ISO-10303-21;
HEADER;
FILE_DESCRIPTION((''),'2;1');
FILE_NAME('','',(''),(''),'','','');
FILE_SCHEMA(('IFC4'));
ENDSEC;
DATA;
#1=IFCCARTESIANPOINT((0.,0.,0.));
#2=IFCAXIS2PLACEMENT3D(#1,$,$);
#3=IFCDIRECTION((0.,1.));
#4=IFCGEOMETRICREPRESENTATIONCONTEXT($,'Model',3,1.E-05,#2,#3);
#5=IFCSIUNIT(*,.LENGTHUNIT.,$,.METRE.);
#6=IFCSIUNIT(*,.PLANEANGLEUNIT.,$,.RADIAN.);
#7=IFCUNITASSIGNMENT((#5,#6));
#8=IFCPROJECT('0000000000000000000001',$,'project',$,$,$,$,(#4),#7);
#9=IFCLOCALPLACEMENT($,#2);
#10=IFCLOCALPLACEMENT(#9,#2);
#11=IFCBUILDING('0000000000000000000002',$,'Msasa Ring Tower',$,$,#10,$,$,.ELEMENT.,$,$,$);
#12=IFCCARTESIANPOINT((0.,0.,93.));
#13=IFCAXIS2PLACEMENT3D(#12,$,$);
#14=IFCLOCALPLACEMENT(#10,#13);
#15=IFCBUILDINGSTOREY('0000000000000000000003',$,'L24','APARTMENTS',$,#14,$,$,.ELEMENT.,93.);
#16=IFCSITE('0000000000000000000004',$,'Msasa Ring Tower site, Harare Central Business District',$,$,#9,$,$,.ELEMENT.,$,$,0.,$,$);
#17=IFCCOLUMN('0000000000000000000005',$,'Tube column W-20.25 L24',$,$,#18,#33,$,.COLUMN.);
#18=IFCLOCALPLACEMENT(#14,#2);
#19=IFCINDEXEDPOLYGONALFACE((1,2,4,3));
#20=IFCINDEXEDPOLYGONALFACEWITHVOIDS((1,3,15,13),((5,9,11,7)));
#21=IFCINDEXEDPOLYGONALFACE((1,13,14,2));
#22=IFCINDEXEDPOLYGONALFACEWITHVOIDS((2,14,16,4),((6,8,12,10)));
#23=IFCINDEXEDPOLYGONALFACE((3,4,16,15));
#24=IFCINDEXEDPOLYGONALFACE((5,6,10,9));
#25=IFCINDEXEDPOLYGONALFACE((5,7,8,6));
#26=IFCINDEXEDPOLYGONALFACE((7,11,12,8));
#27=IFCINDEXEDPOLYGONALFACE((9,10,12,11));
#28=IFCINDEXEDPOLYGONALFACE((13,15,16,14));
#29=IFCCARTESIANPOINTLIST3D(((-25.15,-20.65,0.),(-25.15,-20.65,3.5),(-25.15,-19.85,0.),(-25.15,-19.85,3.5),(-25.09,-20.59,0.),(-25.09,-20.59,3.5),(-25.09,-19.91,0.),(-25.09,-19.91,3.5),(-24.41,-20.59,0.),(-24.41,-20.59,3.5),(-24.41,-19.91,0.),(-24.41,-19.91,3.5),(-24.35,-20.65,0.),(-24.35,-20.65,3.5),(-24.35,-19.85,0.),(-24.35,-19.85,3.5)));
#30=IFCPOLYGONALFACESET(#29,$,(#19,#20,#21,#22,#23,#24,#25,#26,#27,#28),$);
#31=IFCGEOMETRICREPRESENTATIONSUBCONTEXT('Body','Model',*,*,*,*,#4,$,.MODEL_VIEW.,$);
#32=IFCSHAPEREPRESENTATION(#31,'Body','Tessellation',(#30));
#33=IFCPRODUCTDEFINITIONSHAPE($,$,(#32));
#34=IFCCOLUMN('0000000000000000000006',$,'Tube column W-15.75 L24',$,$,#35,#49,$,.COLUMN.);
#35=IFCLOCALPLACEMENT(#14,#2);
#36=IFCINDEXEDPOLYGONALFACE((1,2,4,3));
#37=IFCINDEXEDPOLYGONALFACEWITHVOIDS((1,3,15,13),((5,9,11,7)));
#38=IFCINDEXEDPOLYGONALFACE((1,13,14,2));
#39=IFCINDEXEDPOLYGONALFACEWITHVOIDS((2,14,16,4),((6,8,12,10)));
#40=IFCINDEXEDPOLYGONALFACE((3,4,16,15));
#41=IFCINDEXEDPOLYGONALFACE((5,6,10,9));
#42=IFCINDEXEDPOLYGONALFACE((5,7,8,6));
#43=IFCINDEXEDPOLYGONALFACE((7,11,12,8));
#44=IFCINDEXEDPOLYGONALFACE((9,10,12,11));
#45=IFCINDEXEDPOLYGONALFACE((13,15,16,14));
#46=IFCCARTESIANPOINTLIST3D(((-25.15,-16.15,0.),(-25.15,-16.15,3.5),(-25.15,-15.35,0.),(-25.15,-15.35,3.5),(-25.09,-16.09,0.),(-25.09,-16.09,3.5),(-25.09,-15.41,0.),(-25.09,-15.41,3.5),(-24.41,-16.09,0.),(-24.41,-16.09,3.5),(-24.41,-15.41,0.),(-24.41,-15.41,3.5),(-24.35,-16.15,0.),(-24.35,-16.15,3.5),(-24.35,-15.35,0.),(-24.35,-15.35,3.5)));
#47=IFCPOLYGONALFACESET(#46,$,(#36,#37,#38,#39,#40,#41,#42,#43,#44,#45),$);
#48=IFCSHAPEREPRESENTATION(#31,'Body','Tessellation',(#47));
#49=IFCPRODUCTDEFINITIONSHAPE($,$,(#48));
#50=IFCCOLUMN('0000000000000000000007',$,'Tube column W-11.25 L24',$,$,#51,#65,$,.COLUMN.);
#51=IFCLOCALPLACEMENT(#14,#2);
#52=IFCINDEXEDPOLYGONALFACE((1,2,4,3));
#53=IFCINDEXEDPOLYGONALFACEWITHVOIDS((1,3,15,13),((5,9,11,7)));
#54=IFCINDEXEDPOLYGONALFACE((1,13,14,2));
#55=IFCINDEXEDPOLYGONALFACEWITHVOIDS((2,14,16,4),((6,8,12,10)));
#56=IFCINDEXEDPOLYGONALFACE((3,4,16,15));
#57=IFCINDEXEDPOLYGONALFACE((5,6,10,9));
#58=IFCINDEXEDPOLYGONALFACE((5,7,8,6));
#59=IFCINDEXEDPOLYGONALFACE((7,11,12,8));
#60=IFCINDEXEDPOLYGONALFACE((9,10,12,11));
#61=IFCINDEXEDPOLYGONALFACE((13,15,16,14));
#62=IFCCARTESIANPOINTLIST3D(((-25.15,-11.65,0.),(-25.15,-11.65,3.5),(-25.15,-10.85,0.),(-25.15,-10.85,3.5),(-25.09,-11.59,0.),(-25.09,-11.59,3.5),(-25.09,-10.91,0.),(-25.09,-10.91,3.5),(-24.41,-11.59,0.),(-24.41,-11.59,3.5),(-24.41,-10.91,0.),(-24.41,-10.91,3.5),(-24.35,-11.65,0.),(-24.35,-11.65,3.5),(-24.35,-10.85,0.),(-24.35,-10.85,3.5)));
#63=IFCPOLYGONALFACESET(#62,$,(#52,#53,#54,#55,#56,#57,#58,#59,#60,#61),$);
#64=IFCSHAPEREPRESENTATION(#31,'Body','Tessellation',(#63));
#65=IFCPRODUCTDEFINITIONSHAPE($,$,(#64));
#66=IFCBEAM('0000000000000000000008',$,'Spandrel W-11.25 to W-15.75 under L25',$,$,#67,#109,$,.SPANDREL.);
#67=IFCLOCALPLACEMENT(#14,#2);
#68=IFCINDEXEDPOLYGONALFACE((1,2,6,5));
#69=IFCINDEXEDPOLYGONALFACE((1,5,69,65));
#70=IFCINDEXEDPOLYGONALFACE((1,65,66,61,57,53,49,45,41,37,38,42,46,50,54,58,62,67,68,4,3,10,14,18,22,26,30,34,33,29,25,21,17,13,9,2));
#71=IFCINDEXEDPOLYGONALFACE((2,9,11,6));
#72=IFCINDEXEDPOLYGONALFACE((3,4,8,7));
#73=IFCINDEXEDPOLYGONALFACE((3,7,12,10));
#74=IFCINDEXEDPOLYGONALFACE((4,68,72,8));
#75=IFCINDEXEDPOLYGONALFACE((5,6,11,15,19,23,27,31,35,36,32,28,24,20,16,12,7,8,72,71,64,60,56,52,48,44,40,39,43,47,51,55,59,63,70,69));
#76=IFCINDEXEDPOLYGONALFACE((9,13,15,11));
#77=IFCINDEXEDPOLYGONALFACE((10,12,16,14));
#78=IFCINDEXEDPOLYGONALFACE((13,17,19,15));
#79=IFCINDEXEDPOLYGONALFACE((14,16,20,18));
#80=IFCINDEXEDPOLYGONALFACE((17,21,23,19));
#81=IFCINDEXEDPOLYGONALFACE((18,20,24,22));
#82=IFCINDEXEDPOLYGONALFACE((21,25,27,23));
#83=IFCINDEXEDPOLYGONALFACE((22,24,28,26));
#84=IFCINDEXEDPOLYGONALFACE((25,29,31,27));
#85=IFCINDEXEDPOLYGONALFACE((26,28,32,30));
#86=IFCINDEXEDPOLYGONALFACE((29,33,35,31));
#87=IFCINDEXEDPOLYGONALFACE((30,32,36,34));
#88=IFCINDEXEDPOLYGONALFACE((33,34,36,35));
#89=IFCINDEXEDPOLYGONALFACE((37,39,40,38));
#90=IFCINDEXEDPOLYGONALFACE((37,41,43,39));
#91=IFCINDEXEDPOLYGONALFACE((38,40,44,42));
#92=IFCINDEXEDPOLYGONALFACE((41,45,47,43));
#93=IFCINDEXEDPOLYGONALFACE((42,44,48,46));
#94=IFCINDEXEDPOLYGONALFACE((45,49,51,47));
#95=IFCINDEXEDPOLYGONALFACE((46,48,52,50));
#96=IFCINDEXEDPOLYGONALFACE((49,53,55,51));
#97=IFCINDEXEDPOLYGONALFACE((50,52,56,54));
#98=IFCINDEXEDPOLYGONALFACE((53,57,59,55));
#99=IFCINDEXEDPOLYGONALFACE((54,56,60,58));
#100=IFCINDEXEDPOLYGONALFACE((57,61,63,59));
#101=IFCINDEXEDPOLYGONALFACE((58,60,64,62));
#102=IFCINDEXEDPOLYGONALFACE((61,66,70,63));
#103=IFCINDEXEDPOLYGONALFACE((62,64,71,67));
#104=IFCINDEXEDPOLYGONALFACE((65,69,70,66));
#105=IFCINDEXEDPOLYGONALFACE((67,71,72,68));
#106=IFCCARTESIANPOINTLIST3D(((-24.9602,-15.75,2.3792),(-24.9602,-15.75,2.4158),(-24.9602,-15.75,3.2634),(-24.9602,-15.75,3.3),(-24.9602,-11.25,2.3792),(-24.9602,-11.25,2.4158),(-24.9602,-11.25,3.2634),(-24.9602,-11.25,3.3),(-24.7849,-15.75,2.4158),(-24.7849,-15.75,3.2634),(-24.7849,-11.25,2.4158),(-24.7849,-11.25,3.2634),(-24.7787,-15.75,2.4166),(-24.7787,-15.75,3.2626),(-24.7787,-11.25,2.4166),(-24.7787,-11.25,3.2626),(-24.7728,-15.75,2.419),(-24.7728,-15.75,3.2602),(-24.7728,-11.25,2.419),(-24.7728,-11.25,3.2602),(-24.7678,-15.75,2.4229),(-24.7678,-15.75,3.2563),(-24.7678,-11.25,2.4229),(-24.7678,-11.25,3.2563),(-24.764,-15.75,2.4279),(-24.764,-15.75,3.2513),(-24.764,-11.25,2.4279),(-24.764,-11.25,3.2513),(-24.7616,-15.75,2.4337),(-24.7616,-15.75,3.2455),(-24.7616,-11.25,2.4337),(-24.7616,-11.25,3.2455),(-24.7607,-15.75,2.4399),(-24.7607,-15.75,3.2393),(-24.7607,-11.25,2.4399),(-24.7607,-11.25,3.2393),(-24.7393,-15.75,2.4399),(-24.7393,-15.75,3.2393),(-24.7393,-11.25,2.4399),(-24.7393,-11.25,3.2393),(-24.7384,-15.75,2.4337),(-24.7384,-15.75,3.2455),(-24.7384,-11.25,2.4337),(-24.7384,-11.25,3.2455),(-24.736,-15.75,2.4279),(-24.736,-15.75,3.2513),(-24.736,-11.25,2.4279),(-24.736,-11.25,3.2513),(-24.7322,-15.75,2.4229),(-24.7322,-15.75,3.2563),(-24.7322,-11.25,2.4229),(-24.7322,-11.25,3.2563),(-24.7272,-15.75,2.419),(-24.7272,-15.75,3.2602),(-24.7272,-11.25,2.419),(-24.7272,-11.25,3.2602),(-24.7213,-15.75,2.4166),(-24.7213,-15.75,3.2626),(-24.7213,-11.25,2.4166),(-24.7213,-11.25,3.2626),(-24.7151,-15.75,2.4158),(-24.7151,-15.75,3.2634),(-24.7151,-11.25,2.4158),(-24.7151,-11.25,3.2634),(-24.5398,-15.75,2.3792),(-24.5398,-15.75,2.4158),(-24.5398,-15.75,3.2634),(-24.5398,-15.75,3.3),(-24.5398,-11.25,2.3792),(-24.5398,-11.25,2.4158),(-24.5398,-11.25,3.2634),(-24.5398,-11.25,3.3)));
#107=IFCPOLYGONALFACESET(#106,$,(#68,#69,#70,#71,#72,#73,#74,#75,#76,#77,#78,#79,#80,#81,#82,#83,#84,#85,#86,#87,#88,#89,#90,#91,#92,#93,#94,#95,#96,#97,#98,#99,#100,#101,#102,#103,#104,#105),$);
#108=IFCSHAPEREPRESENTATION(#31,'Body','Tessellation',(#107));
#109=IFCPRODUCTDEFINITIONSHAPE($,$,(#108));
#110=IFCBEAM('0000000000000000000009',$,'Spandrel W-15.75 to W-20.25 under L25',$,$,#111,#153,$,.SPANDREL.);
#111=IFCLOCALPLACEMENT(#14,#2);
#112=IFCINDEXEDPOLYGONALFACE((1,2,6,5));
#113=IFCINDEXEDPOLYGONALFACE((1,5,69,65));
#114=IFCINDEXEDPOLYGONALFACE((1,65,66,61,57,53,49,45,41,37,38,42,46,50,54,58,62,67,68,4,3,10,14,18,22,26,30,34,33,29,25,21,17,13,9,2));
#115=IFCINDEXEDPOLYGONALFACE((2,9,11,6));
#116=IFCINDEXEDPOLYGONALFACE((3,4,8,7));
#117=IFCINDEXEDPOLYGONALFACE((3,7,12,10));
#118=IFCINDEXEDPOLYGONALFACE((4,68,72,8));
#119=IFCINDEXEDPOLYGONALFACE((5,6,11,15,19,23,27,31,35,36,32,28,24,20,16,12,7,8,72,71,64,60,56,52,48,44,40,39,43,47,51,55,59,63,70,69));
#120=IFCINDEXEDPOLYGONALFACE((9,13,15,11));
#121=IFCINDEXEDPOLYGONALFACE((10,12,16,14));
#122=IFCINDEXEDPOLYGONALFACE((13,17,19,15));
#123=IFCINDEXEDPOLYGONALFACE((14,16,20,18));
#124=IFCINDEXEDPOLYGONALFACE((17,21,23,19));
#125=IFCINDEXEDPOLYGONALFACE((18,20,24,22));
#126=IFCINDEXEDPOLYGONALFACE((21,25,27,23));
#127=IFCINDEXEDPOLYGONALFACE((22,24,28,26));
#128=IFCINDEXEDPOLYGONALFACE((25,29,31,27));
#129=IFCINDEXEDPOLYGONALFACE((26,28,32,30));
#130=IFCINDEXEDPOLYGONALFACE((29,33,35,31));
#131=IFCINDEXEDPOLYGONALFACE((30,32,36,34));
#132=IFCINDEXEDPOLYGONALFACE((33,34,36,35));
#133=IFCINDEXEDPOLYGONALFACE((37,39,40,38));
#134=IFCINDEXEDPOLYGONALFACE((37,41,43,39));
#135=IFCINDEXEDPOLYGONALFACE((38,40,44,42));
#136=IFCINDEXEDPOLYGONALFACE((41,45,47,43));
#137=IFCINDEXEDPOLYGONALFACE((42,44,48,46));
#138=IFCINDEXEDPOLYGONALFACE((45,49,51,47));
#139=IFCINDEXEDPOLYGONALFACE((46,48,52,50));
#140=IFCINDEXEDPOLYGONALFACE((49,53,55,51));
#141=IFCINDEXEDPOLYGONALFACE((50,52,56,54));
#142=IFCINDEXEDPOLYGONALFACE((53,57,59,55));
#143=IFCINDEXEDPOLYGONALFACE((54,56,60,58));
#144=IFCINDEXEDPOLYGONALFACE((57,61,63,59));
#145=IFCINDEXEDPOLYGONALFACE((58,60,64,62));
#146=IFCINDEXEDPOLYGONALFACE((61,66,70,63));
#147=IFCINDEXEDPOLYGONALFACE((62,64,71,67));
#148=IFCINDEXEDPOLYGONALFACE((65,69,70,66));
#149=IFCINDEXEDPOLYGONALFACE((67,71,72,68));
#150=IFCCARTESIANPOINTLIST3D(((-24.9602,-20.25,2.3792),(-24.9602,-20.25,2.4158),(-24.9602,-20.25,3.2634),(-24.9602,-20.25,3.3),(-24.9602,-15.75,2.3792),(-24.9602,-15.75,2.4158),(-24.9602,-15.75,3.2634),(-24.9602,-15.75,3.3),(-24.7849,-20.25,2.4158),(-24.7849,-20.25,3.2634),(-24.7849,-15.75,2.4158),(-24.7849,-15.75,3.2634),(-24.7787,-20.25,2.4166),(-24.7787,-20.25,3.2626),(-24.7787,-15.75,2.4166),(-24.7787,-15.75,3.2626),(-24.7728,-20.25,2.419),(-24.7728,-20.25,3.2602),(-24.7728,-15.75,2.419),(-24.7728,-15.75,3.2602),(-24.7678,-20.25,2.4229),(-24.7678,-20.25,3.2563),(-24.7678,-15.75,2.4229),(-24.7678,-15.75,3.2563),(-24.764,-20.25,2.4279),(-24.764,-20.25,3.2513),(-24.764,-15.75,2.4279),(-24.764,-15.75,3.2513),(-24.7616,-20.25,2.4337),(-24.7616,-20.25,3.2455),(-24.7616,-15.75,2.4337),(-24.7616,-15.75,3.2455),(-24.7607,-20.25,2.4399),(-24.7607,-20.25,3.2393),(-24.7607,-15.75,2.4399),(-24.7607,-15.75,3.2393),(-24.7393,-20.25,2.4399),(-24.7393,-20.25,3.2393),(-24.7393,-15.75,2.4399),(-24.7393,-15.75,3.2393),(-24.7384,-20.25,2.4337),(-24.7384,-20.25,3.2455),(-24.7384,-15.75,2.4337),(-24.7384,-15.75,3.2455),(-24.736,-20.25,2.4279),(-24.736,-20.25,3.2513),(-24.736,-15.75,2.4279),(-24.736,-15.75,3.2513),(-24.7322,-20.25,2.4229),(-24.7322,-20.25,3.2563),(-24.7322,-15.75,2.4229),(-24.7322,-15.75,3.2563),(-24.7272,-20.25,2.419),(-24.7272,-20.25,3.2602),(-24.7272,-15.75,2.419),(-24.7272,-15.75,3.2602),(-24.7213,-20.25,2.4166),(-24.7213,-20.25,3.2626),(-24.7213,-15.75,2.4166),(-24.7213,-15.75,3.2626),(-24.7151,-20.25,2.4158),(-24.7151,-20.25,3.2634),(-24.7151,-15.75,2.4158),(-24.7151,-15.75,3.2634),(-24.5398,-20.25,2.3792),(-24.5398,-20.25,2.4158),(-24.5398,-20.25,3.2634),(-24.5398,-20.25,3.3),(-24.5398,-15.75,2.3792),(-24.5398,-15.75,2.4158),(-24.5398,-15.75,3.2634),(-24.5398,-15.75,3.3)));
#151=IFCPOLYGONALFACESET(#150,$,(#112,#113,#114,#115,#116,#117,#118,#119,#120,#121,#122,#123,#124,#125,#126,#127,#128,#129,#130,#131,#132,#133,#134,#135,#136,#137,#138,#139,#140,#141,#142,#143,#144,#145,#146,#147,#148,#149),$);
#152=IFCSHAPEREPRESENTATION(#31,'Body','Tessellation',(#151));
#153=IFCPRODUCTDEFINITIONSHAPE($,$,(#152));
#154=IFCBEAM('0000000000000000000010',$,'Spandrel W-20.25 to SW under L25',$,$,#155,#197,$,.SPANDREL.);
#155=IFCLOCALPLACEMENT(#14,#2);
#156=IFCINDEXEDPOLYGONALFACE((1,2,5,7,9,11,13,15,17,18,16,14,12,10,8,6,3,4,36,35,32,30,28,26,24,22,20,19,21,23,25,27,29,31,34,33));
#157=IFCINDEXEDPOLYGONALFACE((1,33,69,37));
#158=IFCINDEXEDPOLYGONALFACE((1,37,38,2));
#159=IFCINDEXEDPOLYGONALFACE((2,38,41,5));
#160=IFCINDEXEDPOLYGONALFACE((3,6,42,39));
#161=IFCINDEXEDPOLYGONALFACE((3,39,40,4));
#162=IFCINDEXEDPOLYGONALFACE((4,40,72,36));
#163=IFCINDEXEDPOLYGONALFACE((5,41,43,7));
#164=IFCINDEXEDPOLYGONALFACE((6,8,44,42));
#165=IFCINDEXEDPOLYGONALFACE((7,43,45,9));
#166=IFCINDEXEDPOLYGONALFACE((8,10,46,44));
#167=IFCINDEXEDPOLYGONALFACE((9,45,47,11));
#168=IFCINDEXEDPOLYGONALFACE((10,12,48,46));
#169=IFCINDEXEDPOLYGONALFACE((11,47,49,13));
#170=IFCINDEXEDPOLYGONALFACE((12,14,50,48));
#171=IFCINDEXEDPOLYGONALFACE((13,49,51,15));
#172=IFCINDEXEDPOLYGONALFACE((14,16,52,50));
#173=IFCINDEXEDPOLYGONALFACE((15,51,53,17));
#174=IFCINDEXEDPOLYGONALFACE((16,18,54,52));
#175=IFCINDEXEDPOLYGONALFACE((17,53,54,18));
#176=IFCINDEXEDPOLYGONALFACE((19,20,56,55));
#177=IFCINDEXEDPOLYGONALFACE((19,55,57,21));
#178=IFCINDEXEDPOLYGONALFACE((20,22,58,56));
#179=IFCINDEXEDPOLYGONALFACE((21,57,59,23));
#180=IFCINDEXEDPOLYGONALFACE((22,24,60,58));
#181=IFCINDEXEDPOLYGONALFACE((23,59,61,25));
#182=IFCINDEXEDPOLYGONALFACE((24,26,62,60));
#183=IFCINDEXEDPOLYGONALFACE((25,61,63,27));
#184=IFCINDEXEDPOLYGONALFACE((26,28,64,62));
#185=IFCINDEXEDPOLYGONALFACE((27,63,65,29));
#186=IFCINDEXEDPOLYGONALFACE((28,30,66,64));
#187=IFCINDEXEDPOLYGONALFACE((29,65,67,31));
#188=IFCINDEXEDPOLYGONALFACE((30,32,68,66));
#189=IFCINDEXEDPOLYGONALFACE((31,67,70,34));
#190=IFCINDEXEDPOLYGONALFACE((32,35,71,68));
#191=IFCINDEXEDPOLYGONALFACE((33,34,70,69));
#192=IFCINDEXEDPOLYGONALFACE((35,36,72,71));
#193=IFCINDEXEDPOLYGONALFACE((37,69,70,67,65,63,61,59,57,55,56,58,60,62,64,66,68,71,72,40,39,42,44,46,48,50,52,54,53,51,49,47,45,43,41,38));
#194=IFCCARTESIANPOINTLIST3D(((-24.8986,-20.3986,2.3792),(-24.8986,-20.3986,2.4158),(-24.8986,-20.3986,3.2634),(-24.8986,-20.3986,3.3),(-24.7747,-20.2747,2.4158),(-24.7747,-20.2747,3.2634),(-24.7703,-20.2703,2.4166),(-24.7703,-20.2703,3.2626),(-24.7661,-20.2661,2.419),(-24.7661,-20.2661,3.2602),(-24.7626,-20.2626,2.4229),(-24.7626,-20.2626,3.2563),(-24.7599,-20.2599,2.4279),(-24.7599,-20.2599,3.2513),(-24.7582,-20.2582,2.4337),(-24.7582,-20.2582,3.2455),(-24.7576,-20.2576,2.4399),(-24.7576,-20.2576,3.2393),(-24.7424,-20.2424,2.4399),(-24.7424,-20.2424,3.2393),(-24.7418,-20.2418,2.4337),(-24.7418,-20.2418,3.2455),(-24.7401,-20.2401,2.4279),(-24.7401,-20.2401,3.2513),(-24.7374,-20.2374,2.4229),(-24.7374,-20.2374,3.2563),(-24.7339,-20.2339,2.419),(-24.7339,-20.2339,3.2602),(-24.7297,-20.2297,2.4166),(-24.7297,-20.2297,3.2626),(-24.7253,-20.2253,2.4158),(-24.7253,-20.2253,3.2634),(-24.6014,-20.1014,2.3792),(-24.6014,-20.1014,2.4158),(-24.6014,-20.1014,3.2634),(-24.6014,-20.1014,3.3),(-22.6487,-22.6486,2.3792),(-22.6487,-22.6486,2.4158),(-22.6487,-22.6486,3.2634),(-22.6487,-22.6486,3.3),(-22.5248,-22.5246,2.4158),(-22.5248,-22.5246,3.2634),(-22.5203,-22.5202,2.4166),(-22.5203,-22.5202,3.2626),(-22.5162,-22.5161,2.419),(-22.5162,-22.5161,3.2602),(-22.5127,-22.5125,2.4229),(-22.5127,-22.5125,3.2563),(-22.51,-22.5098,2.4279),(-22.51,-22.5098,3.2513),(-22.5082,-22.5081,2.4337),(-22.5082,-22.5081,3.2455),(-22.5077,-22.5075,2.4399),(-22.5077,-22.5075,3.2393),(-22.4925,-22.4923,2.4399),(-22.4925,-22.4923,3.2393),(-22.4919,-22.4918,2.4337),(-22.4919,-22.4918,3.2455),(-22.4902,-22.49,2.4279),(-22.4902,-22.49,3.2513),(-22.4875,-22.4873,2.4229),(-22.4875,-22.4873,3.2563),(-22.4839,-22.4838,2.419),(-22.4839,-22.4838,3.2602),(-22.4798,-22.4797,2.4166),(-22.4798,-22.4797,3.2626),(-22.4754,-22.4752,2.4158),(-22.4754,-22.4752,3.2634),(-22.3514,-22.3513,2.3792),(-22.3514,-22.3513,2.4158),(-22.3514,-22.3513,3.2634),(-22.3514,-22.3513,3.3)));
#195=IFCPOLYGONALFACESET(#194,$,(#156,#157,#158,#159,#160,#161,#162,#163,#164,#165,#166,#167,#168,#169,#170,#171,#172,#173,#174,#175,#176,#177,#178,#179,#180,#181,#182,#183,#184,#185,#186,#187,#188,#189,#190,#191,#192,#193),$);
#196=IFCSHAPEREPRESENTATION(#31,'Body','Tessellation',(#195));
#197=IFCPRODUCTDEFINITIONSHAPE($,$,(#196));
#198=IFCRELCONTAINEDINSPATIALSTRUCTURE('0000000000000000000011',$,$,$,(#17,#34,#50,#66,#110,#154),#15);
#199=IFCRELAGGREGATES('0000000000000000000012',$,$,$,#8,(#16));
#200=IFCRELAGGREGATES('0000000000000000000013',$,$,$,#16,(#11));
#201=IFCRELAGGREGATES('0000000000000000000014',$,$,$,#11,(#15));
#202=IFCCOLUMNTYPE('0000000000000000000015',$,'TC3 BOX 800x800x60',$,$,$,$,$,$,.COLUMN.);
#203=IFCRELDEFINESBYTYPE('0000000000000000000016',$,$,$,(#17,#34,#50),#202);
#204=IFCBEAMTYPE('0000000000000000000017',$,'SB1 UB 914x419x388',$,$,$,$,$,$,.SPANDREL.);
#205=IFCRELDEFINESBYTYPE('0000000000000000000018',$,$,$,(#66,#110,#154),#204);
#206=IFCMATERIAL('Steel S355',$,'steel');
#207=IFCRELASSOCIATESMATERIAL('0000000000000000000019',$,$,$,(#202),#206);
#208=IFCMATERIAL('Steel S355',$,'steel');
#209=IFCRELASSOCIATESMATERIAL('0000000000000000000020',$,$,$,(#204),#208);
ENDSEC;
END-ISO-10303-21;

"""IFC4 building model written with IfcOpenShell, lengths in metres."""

from ifc_helpers import new_model, si_unit, direction, frame, origin, origin_2d, place, context, subcontext, project, spatial, hollow_rectangle, i_section, extrude, material, material_profile, profile_set, type_object, element, save


model = new_model("IFC4")

# Units and contexts
model_context = context("Model", 3, precision=1e-05, world=origin(), true_north=direction((0.0, 1.0)))
body_context = subcontext(model_context, "Body", "Model", "MODEL_VIEW")
ifc_project = project(units=[si_unit("LENGTHUNIT", "METRE"), si_unit("PLANEANGLEUNIT", "RADIAN")], contexts=[model_context])

# Site, building, storey
site_placement = place(None, origin())
site = spatial("IfcSite", under=ifc_project, at=site_placement, Name="Msasa Ring Tower site, Harare Central Business District", CompositionType="ELEMENT", RefElevation=0.0)
building_placement = place(site_placement, origin())
building = spatial("IfcBuilding", under=site, at=building_placement, Name="Msasa Ring Tower", CompositionType="ELEMENT")
storey_placement = place(building_placement, frame((0.0, 0.0, 93.0)))
storey = spatial("IfcBuildingStorey", under=building, at=storey_placement, Name="L24", Description="APARTMENTS", CompositionType="ELEMENT", Elevation=93.0)

# Columns
ifc_material_1 = material(Name="Steel S355", Category="steel")
ifc_material_profile_1 = material_profile(ifc_material_1, hollow_rectangle(XDim=0.8, YDim=0.8, WallThickness=0.0601, at=origin_2d()), Name="BOX 800x800x60")
ifc_profile_set_1 = profile_set([ifc_material_profile_1], Name="Steel S355")
column_type = type_object("IfcColumnType", Name="TC3 BOX 800x800x60", PredefinedType="COLUMN", material=ifc_profile_set_1)
for number, where, z_axis, x_axis, name in (
    (1, (-24.75, -20.25, 0.0), (0.0, 0.0, 1.0), (1.0, 0.0, 0.0), "Tube column W-20.25 L24"),
    (2, (-24.75, -15.75, 0.0), (0.0, 0.0, 1.0), (1.0, 0.0, 0.0), "Tube column W-15.75 L24"),
    (3, (-24.75, -11.25, 0.0), (0.0, 0.0, 1.0), (1.0, 0.0, 0.0), "Tube column W-11.25 L24"),
):
    element("IfcColumn", number, at=place(storey_placement, frame(where, z_axis=z_axis, x_axis=x_axis)), inside=storey, type_object=column_type, Name=name, PredefinedType="COLUMN", context=body_context, shape_type="SweptSolid", body=[
        extrude(hollow_rectangle(XDim=0.8, YDim=0.8, WallThickness=0.0601, at=origin_2d()), origin(), (0.0, 0.0, 1.0), 3.5),
    ])

# Beams
ifc_material_2 = material(Name="Steel S355", Category="steel")
ifc_material_profile_2 = material_profile(ifc_material_2, i_section(OverallWidth=0.4204, OverallDepth=0.9209, WebThickness=0.0215, FlangeThickness=0.0366, FilletRadius=0.0242, at=origin_2d()), Name="UB 914x419x388")
ifc_profile_set_2 = profile_set([ifc_material_profile_2], Name="Steel S355")
beam_type = type_object("IfcBeamType", Name="SB1 UB 914x419x388", PredefinedType="SPANDREL", material=ifc_profile_set_2)
for number, where, z_axis, x_axis, name in (
    (4, (-24.75, -11.25, 2.8396), (0.0, -1.0, 0.0), (1.0, 0.0, 0.0), "Spandrel W-11.25 to W-15.75 under L25"),
    (5, (-24.75, -15.75, 2.8396), (0.0, -1.0, 0.0), (1.0, 0.0, 0.0), "Spandrel W-15.75 to W-20.25 under L25"),
):
    element("IfcBeam", number, at=place(storey_placement, frame(where, z_axis=z_axis, x_axis=x_axis)), inside=storey, type_object=beam_type, Name=name, PredefinedType="SPANDREL", context=body_context, shape_type="SweptSolid", body=[
        extrude(i_section(OverallWidth=0.4204, OverallDepth=0.9209, WebThickness=0.0215, FlangeThickness=0.0366, FilletRadius=0.0242, at=origin_2d()), origin(), (0.0, 0.0, 1.0), 4.5),
    ])
beam_placement = place(storey_placement, frame((-24.75, -20.25, 2.8396), z_axis=(0.707107, -0.707107, 0.0), x_axis=(0.707107, 0.707107, 0.0)))
element("IfcBeam", 6, at=beam_placement, inside=storey, type_object=beam_type, Name="Spandrel W-20.25 to SW under L25", PredefinedType="SPANDREL", context=body_context, shape_type="SweptSolid", body=[
    extrude(i_section(OverallWidth=0.4204, OverallDepth=0.9209, WebThickness=0.0215, FlangeThickness=0.0366, FilletRadius=0.0242, at=origin_2d()), origin(), (0.0, 0.0, 1.0), 3.1819),
])

save(model, "model.ifc")
